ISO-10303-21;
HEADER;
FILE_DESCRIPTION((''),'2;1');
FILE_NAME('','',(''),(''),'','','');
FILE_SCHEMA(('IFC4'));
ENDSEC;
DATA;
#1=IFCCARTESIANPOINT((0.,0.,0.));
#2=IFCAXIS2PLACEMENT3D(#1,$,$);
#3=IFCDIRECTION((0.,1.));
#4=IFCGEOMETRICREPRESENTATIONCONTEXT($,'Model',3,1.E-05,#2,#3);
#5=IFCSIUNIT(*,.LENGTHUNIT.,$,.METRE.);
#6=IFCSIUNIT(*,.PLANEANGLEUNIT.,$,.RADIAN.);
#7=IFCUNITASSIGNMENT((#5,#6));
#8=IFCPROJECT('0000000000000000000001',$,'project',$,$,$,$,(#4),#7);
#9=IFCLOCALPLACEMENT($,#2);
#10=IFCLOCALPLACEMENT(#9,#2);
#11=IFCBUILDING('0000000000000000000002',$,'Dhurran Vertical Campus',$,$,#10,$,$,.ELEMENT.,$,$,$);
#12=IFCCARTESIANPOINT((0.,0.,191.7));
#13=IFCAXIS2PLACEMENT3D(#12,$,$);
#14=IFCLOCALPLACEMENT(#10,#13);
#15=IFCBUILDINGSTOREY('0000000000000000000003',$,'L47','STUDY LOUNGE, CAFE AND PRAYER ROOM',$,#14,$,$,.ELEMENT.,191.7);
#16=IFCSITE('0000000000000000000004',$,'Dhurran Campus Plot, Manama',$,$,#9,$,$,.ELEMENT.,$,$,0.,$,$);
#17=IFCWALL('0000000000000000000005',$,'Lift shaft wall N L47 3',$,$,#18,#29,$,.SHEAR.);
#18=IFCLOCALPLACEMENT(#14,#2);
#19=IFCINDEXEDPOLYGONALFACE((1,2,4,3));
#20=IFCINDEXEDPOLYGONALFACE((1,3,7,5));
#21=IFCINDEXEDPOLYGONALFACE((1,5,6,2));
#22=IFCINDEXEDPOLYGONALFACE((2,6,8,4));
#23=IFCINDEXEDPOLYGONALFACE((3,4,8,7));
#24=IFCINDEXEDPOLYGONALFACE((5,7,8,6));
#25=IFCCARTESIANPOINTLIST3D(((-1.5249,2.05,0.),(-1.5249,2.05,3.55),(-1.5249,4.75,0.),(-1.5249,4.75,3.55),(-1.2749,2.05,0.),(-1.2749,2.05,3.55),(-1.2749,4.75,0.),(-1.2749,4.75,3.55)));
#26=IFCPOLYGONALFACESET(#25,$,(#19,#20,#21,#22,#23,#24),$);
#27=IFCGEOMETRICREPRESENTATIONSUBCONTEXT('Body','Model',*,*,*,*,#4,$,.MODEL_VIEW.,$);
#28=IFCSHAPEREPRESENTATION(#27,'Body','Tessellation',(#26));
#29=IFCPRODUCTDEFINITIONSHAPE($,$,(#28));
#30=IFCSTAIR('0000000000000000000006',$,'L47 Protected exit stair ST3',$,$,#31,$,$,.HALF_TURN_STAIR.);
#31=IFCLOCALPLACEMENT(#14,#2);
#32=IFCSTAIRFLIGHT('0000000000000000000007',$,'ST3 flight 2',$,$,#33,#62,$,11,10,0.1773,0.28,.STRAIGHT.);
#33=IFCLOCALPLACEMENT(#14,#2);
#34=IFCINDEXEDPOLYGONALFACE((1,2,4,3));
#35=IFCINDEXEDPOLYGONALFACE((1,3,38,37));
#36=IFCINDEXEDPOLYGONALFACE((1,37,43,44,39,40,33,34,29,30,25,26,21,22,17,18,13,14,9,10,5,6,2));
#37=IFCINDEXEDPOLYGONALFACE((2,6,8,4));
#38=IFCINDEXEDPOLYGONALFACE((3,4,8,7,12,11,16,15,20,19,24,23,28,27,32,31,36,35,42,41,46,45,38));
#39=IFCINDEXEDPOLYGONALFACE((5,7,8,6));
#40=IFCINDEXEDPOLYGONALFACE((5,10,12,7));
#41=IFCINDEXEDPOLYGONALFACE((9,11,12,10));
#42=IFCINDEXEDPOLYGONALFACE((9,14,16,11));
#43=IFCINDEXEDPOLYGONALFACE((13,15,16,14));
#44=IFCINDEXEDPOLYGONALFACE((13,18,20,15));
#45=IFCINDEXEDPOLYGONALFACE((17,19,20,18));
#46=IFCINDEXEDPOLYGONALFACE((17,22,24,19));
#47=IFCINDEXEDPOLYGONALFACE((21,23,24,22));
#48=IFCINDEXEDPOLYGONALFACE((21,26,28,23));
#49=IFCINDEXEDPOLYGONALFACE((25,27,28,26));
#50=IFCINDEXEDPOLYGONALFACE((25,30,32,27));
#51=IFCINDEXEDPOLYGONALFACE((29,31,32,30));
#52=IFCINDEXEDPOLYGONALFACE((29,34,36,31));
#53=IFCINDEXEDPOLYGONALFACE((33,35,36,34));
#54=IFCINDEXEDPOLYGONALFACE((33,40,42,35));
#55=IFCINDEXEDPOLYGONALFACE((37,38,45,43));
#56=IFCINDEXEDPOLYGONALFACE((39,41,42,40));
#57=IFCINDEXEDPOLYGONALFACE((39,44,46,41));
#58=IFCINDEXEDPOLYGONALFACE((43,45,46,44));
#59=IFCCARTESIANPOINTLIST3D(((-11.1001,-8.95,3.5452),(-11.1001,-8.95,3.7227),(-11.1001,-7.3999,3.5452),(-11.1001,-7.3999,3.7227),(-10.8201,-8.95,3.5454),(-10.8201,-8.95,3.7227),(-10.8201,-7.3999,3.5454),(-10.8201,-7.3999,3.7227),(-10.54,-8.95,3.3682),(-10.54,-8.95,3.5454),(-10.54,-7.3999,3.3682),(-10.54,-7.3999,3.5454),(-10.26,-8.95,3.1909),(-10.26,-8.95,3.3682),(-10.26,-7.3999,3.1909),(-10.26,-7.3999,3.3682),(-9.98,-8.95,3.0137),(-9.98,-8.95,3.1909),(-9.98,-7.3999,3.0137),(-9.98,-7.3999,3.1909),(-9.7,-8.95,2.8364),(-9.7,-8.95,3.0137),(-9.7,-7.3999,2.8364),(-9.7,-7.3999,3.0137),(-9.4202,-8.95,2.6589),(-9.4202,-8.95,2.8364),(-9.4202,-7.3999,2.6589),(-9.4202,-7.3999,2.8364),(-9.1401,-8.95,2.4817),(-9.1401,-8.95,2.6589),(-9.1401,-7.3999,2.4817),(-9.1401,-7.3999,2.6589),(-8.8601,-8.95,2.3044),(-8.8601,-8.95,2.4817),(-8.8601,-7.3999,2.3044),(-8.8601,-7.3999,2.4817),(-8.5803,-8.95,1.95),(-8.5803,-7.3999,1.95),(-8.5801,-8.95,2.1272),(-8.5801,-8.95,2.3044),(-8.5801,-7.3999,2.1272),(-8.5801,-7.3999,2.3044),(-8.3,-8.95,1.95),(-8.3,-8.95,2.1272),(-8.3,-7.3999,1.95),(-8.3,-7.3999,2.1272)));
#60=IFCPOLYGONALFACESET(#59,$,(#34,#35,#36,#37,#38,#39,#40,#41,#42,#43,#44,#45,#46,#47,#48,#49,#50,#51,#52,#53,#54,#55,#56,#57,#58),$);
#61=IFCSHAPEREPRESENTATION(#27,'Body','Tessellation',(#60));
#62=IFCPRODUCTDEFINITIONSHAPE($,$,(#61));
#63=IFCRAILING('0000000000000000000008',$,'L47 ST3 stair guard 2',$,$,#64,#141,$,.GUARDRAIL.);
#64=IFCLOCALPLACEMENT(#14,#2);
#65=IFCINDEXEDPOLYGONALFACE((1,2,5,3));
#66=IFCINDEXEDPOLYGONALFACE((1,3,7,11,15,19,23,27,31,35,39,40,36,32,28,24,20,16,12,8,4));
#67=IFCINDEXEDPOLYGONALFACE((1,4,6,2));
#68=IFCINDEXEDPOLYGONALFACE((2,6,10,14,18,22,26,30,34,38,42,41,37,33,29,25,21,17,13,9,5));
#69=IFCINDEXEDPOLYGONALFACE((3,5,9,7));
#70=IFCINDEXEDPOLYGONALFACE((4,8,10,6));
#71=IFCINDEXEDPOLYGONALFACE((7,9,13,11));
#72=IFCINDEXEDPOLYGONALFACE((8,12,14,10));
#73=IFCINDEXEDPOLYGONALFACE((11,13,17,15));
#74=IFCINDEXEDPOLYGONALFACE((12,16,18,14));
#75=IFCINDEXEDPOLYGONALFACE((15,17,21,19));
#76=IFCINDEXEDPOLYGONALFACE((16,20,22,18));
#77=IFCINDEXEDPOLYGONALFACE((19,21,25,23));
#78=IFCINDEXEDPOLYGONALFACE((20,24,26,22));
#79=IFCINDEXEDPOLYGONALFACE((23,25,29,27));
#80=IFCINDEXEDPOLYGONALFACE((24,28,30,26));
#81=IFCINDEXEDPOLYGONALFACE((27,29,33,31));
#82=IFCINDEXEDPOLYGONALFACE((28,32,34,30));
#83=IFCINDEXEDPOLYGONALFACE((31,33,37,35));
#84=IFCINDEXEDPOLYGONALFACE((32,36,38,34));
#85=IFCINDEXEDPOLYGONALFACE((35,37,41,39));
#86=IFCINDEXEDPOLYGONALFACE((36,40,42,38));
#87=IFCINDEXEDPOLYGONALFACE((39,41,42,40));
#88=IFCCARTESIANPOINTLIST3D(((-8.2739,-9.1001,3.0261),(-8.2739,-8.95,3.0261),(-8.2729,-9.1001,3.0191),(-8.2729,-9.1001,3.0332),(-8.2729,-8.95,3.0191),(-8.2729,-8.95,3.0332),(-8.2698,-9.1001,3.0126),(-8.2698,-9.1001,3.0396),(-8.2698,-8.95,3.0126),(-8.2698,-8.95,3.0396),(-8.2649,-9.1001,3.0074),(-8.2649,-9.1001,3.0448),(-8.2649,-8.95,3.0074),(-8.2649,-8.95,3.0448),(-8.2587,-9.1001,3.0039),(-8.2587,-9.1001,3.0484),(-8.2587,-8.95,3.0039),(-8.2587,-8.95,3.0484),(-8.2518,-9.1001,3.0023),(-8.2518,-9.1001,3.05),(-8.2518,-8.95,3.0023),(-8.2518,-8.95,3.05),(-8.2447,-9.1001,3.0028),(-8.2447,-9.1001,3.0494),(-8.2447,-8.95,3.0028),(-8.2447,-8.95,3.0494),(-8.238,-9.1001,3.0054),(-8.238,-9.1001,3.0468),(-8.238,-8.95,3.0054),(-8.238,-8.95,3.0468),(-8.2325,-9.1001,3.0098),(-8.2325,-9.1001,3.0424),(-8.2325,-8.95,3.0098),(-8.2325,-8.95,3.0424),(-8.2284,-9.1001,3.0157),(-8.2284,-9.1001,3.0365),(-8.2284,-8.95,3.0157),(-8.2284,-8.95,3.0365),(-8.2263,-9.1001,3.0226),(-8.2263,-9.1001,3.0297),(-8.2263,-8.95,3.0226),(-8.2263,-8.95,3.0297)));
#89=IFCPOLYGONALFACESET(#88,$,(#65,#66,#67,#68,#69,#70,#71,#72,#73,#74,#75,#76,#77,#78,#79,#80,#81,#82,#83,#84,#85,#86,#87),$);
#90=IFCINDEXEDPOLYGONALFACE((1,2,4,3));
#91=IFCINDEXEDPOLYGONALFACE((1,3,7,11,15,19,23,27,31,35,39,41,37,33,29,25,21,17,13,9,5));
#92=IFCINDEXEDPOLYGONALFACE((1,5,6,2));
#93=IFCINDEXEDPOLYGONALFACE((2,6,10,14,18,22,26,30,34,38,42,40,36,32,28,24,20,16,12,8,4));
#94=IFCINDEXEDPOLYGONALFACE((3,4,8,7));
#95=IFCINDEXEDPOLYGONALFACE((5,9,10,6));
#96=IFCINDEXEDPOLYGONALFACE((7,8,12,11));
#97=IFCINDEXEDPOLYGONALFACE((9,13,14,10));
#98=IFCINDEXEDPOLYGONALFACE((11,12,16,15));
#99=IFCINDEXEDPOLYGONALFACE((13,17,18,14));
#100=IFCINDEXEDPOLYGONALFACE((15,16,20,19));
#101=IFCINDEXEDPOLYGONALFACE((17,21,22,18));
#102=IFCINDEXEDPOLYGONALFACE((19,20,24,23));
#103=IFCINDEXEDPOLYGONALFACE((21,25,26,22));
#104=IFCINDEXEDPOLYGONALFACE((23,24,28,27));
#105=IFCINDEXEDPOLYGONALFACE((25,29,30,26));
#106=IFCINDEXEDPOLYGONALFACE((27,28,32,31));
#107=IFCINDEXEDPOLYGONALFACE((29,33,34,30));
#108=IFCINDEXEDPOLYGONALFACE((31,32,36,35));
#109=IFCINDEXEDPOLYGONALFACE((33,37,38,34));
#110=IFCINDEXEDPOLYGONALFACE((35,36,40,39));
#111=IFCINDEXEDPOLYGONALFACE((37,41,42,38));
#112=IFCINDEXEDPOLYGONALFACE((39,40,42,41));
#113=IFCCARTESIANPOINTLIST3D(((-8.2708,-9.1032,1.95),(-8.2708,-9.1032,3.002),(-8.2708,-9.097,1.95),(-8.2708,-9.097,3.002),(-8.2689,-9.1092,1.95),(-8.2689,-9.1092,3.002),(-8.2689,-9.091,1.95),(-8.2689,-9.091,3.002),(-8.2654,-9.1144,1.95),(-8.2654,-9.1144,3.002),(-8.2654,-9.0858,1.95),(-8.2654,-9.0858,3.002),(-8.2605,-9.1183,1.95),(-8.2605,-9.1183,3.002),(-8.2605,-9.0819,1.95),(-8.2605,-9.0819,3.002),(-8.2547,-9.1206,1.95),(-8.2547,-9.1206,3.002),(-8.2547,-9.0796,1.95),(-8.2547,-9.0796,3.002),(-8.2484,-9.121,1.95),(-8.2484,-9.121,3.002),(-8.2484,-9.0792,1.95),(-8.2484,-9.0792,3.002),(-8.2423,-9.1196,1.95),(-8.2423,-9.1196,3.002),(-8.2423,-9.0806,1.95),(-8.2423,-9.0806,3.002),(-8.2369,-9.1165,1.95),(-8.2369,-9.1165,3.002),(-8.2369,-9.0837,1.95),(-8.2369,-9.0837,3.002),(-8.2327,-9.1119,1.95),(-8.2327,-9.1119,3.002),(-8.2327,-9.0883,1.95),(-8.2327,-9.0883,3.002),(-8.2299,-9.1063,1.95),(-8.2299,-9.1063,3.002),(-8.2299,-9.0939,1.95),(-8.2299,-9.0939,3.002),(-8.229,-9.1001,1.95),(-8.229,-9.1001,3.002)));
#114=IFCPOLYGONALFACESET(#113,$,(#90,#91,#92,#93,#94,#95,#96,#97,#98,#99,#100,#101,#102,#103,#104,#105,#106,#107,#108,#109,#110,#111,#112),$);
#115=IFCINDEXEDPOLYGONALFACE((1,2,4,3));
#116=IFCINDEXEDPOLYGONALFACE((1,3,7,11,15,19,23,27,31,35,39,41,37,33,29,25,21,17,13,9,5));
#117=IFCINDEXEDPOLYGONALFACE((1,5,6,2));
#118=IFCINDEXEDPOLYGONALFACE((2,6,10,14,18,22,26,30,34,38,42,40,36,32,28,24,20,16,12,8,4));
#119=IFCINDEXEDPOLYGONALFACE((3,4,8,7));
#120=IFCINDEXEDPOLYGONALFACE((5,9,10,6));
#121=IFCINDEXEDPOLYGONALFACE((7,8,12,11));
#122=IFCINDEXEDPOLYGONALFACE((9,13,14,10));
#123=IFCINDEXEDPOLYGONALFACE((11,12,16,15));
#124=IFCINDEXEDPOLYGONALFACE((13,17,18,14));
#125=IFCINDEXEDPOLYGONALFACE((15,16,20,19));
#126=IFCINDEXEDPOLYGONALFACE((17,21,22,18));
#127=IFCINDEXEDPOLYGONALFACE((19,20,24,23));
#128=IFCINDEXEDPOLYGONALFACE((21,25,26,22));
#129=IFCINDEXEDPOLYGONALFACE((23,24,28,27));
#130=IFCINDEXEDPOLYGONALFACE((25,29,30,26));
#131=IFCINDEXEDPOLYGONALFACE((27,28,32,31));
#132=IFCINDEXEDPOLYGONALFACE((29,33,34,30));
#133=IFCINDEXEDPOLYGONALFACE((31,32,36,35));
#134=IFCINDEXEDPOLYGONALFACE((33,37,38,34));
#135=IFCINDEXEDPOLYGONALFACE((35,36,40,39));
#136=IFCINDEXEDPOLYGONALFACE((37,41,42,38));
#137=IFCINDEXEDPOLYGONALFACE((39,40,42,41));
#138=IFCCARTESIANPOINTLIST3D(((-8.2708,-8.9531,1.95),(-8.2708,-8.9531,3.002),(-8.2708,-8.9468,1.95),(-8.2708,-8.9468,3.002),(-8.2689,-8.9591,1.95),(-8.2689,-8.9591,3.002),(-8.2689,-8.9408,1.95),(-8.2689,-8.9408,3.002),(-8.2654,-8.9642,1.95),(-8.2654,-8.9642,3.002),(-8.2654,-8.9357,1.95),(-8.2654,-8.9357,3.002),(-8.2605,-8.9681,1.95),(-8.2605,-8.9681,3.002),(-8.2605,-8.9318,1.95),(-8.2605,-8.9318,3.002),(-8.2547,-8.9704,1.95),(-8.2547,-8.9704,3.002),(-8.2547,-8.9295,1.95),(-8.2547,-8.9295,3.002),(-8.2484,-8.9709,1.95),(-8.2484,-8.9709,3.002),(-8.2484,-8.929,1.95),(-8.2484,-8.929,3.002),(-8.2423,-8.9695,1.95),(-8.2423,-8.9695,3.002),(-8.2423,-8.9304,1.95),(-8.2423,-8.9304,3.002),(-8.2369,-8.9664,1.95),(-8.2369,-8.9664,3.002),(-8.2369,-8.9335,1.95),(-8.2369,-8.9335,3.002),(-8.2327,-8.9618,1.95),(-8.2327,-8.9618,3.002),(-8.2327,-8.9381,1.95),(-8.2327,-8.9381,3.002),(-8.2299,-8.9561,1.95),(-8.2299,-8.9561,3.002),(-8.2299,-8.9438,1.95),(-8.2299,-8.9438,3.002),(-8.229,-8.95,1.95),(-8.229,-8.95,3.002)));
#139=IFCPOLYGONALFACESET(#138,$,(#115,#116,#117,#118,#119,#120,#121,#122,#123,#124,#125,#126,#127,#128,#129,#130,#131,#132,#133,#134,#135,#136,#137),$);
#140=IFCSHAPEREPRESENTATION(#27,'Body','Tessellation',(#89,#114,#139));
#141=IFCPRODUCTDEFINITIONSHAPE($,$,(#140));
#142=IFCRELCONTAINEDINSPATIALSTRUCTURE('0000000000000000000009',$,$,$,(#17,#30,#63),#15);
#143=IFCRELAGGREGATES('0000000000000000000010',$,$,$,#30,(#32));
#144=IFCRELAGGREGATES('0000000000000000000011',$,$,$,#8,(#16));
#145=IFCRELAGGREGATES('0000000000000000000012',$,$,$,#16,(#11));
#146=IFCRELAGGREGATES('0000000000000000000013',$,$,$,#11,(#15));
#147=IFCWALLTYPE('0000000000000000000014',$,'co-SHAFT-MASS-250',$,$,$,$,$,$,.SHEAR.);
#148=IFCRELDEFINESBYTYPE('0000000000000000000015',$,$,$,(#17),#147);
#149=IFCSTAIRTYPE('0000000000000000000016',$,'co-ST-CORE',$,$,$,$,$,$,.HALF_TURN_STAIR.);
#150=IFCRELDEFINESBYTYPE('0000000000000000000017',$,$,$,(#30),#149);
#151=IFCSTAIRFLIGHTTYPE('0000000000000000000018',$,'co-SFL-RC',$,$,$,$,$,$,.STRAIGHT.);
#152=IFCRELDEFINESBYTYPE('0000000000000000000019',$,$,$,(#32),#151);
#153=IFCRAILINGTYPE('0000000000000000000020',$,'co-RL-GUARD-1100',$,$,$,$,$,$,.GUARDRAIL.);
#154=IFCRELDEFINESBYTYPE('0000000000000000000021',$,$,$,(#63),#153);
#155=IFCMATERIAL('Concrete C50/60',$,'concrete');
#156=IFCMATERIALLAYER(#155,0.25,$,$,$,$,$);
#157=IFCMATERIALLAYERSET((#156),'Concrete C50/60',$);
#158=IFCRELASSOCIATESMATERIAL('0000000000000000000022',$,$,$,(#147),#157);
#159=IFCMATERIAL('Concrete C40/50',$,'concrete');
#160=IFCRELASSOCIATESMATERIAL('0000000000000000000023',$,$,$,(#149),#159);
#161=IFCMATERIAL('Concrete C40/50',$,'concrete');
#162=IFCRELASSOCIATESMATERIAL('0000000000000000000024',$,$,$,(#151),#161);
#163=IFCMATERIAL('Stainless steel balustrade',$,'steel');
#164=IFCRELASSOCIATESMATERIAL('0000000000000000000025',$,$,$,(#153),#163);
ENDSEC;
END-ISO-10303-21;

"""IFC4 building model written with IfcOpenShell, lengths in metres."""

from ifc_helpers import new_model, si_unit, direction, frame, origin, origin_2d, place, context, subcontext, project, spatial, polyline, circle, outline, extrude, material, layer, layer_set, type_object, element, aggregate, save


model = new_model("IFC4")

# Units and contexts
model_context = context("Model", 3, precision=1e-05, world=origin(), true_north=direction((0.0, 1.0)))
body_context = subcontext(model_context, "Body", "Model", "MODEL_VIEW")
ifc_project = project(units=[si_unit("LENGTHUNIT", "METRE"), si_unit("PLANEANGLEUNIT", "RADIAN")], contexts=[model_context])

# Site, building, storey
site_placement = place(None, origin())
site = spatial("IfcSite", under=ifc_project, at=site_placement, Name="Dhurran Campus Plot, Manama", CompositionType="ELEMENT", RefElevation=0.0)
building_placement = place(site_placement, origin())
building = spatial("IfcBuilding", under=site, at=building_placement, Name="Dhurran Vertical Campus", CompositionType="ELEMENT")
storey_placement = place(building_placement, frame((0.0, 0.0, 191.7)))
storey = spatial("IfcBuildingStorey", under=building, at=storey_placement, Name="L47", Description="STUDY LOUNGE, CAFE AND PRAYER ROOM", CompositionType="ELEMENT", Elevation=191.7)

# Wall
ifc_material_1 = material(Name="Concrete C50/60", Category="concrete")
ifc_layer_1 = layer(ifc_material_1, 0.25)
ifc_layer_set_1 = layer_set([ifc_layer_1], Name="Concrete C50/60")
wall_type_1 = type_object("IfcWallType", Name="co-SHAFT-MASS-250", PredefinedType="SHEAR", material=ifc_layer_set_1)
wall_1_placement = place(storey_placement, origin())
element("IfcWall", 1, at=wall_1_placement, inside=storey, type_object=wall_type_1, Name="Lift shaft wall N L47 3", PredefinedType="SHEAR", context=body_context, shape_type="SweptSolid", body=[
    extrude(outline(polyline([(-1.5249, 2.05), (-1.2749, 2.05), (-1.2749, 4.75), (-1.5249, 4.75), (-1.5249, 2.05)])), origin(), (0.0, 0.0, 1.0), 3.55),
])

# Stair, stair flight
ifc_material_2 = material(Name="Concrete C40/50", Category="concrete")
stair_type = type_object("IfcStairType", Name="co-ST-CORE", PredefinedType="HALF_TURN_STAIR", material=ifc_material_2)
stair_placement = place(storey_placement, origin())
stair = element("IfcStair", 2, at=stair_placement, inside=storey, type_object=stair_type, Name="L47 Protected exit stair ST3", PredefinedType="HALF_TURN_STAIR")
ifc_material_3 = material(Name="Concrete C40/50", Category="concrete")
stair_flight_type = type_object("IfcStairFlightType", Name="co-SFL-RC", PredefinedType="STRAIGHT", material=ifc_material_3)
stair_flight_placement = place(storey_placement, frame((-8.3, -8.175, 1.95), z_axis=(0.0, 0.0, 1.0), x_axis=(-1.0, 0.0, 0.0)))
stair_flight = element("IfcStairFlight", 3, at=stair_flight_placement, type_object=stair_flight_type, Name="ST3 flight 2", NumberOfRisers=11, NumberOfTreads=10, PredefinedType="STRAIGHT", RiserHeight=0.1773, TreadLength=0.28, context=body_context, shape_type="SweptSolid", body=[
    extrude(outline(polyline([(0.0, 0.0), (0.0, 0.1772), (0.28, 0.1772), (0.28, 0.3545), (0.5601, 0.3545), (0.5601, 0.5317), (0.8401, 0.5317), (0.8401, 0.709), (1.1201, 0.709), (1.1201, 0.8865), (1.3999, 0.8865), (1.3999, 1.0637), (1.6799, 1.0637), (1.6799, 1.241), (1.96, 1.241), (1.96, 1.4182), (2.24, 1.4182), (2.24, 1.5955), (2.52, 1.5955), (2.52, 1.7727), (2.8, 1.7727), (2.8, 1.95), (2.8, 1.5952), (0.2803, 0.0), (0.0, 0.0)])), frame((0.0, 0.7749, 0.0), z_axis=(0.0, -1.0, 0.0), x_axis=(1.0, 0.0, 0.0)), (0.0, 0.0, 1.0), 1.55),
])
aggregate(stair, [stair_flight])

# Railing
ifc_material_4 = material(Name="Stainless steel balustrade", Category="steel")
railing_type_1 = type_object("IfcRailingType", Name="co-RL-GUARD-1100", PredefinedType="GUARDRAIL", material=ifc_material_4)
railing_1_placement = place(storey_placement, frame((-8.25, -9.1001, 1.95)))
element("IfcRailing", 4, at=railing_1_placement, inside=storey, type_object=railing_type_1, Name="L47 ST3 stair guard 2", PredefinedType="GUARDRAIL", context=body_context, shape_type="SweptSolid", body=[
    extrude(circle(Radius=0.0239, at=origin_2d()), frame((0.0, 0.0, 1.0762), z_axis=(0.0, 1.0, 0.0), x_axis=(-1.0, 0.0, 0.0)), (0.0, 0.0, 1.0), 0.1501),
    extrude(circle(Radius=0.021, at=origin_2d()), origin(), (0.0, 0.0, 1.0), 1.052),
    extrude(circle(Radius=0.021, at=origin_2d()), frame((0.0, 0.1501, 0.0)), (0.0, 0.0, 1.0), 1.052),
])

save(model, "model.ifc")
